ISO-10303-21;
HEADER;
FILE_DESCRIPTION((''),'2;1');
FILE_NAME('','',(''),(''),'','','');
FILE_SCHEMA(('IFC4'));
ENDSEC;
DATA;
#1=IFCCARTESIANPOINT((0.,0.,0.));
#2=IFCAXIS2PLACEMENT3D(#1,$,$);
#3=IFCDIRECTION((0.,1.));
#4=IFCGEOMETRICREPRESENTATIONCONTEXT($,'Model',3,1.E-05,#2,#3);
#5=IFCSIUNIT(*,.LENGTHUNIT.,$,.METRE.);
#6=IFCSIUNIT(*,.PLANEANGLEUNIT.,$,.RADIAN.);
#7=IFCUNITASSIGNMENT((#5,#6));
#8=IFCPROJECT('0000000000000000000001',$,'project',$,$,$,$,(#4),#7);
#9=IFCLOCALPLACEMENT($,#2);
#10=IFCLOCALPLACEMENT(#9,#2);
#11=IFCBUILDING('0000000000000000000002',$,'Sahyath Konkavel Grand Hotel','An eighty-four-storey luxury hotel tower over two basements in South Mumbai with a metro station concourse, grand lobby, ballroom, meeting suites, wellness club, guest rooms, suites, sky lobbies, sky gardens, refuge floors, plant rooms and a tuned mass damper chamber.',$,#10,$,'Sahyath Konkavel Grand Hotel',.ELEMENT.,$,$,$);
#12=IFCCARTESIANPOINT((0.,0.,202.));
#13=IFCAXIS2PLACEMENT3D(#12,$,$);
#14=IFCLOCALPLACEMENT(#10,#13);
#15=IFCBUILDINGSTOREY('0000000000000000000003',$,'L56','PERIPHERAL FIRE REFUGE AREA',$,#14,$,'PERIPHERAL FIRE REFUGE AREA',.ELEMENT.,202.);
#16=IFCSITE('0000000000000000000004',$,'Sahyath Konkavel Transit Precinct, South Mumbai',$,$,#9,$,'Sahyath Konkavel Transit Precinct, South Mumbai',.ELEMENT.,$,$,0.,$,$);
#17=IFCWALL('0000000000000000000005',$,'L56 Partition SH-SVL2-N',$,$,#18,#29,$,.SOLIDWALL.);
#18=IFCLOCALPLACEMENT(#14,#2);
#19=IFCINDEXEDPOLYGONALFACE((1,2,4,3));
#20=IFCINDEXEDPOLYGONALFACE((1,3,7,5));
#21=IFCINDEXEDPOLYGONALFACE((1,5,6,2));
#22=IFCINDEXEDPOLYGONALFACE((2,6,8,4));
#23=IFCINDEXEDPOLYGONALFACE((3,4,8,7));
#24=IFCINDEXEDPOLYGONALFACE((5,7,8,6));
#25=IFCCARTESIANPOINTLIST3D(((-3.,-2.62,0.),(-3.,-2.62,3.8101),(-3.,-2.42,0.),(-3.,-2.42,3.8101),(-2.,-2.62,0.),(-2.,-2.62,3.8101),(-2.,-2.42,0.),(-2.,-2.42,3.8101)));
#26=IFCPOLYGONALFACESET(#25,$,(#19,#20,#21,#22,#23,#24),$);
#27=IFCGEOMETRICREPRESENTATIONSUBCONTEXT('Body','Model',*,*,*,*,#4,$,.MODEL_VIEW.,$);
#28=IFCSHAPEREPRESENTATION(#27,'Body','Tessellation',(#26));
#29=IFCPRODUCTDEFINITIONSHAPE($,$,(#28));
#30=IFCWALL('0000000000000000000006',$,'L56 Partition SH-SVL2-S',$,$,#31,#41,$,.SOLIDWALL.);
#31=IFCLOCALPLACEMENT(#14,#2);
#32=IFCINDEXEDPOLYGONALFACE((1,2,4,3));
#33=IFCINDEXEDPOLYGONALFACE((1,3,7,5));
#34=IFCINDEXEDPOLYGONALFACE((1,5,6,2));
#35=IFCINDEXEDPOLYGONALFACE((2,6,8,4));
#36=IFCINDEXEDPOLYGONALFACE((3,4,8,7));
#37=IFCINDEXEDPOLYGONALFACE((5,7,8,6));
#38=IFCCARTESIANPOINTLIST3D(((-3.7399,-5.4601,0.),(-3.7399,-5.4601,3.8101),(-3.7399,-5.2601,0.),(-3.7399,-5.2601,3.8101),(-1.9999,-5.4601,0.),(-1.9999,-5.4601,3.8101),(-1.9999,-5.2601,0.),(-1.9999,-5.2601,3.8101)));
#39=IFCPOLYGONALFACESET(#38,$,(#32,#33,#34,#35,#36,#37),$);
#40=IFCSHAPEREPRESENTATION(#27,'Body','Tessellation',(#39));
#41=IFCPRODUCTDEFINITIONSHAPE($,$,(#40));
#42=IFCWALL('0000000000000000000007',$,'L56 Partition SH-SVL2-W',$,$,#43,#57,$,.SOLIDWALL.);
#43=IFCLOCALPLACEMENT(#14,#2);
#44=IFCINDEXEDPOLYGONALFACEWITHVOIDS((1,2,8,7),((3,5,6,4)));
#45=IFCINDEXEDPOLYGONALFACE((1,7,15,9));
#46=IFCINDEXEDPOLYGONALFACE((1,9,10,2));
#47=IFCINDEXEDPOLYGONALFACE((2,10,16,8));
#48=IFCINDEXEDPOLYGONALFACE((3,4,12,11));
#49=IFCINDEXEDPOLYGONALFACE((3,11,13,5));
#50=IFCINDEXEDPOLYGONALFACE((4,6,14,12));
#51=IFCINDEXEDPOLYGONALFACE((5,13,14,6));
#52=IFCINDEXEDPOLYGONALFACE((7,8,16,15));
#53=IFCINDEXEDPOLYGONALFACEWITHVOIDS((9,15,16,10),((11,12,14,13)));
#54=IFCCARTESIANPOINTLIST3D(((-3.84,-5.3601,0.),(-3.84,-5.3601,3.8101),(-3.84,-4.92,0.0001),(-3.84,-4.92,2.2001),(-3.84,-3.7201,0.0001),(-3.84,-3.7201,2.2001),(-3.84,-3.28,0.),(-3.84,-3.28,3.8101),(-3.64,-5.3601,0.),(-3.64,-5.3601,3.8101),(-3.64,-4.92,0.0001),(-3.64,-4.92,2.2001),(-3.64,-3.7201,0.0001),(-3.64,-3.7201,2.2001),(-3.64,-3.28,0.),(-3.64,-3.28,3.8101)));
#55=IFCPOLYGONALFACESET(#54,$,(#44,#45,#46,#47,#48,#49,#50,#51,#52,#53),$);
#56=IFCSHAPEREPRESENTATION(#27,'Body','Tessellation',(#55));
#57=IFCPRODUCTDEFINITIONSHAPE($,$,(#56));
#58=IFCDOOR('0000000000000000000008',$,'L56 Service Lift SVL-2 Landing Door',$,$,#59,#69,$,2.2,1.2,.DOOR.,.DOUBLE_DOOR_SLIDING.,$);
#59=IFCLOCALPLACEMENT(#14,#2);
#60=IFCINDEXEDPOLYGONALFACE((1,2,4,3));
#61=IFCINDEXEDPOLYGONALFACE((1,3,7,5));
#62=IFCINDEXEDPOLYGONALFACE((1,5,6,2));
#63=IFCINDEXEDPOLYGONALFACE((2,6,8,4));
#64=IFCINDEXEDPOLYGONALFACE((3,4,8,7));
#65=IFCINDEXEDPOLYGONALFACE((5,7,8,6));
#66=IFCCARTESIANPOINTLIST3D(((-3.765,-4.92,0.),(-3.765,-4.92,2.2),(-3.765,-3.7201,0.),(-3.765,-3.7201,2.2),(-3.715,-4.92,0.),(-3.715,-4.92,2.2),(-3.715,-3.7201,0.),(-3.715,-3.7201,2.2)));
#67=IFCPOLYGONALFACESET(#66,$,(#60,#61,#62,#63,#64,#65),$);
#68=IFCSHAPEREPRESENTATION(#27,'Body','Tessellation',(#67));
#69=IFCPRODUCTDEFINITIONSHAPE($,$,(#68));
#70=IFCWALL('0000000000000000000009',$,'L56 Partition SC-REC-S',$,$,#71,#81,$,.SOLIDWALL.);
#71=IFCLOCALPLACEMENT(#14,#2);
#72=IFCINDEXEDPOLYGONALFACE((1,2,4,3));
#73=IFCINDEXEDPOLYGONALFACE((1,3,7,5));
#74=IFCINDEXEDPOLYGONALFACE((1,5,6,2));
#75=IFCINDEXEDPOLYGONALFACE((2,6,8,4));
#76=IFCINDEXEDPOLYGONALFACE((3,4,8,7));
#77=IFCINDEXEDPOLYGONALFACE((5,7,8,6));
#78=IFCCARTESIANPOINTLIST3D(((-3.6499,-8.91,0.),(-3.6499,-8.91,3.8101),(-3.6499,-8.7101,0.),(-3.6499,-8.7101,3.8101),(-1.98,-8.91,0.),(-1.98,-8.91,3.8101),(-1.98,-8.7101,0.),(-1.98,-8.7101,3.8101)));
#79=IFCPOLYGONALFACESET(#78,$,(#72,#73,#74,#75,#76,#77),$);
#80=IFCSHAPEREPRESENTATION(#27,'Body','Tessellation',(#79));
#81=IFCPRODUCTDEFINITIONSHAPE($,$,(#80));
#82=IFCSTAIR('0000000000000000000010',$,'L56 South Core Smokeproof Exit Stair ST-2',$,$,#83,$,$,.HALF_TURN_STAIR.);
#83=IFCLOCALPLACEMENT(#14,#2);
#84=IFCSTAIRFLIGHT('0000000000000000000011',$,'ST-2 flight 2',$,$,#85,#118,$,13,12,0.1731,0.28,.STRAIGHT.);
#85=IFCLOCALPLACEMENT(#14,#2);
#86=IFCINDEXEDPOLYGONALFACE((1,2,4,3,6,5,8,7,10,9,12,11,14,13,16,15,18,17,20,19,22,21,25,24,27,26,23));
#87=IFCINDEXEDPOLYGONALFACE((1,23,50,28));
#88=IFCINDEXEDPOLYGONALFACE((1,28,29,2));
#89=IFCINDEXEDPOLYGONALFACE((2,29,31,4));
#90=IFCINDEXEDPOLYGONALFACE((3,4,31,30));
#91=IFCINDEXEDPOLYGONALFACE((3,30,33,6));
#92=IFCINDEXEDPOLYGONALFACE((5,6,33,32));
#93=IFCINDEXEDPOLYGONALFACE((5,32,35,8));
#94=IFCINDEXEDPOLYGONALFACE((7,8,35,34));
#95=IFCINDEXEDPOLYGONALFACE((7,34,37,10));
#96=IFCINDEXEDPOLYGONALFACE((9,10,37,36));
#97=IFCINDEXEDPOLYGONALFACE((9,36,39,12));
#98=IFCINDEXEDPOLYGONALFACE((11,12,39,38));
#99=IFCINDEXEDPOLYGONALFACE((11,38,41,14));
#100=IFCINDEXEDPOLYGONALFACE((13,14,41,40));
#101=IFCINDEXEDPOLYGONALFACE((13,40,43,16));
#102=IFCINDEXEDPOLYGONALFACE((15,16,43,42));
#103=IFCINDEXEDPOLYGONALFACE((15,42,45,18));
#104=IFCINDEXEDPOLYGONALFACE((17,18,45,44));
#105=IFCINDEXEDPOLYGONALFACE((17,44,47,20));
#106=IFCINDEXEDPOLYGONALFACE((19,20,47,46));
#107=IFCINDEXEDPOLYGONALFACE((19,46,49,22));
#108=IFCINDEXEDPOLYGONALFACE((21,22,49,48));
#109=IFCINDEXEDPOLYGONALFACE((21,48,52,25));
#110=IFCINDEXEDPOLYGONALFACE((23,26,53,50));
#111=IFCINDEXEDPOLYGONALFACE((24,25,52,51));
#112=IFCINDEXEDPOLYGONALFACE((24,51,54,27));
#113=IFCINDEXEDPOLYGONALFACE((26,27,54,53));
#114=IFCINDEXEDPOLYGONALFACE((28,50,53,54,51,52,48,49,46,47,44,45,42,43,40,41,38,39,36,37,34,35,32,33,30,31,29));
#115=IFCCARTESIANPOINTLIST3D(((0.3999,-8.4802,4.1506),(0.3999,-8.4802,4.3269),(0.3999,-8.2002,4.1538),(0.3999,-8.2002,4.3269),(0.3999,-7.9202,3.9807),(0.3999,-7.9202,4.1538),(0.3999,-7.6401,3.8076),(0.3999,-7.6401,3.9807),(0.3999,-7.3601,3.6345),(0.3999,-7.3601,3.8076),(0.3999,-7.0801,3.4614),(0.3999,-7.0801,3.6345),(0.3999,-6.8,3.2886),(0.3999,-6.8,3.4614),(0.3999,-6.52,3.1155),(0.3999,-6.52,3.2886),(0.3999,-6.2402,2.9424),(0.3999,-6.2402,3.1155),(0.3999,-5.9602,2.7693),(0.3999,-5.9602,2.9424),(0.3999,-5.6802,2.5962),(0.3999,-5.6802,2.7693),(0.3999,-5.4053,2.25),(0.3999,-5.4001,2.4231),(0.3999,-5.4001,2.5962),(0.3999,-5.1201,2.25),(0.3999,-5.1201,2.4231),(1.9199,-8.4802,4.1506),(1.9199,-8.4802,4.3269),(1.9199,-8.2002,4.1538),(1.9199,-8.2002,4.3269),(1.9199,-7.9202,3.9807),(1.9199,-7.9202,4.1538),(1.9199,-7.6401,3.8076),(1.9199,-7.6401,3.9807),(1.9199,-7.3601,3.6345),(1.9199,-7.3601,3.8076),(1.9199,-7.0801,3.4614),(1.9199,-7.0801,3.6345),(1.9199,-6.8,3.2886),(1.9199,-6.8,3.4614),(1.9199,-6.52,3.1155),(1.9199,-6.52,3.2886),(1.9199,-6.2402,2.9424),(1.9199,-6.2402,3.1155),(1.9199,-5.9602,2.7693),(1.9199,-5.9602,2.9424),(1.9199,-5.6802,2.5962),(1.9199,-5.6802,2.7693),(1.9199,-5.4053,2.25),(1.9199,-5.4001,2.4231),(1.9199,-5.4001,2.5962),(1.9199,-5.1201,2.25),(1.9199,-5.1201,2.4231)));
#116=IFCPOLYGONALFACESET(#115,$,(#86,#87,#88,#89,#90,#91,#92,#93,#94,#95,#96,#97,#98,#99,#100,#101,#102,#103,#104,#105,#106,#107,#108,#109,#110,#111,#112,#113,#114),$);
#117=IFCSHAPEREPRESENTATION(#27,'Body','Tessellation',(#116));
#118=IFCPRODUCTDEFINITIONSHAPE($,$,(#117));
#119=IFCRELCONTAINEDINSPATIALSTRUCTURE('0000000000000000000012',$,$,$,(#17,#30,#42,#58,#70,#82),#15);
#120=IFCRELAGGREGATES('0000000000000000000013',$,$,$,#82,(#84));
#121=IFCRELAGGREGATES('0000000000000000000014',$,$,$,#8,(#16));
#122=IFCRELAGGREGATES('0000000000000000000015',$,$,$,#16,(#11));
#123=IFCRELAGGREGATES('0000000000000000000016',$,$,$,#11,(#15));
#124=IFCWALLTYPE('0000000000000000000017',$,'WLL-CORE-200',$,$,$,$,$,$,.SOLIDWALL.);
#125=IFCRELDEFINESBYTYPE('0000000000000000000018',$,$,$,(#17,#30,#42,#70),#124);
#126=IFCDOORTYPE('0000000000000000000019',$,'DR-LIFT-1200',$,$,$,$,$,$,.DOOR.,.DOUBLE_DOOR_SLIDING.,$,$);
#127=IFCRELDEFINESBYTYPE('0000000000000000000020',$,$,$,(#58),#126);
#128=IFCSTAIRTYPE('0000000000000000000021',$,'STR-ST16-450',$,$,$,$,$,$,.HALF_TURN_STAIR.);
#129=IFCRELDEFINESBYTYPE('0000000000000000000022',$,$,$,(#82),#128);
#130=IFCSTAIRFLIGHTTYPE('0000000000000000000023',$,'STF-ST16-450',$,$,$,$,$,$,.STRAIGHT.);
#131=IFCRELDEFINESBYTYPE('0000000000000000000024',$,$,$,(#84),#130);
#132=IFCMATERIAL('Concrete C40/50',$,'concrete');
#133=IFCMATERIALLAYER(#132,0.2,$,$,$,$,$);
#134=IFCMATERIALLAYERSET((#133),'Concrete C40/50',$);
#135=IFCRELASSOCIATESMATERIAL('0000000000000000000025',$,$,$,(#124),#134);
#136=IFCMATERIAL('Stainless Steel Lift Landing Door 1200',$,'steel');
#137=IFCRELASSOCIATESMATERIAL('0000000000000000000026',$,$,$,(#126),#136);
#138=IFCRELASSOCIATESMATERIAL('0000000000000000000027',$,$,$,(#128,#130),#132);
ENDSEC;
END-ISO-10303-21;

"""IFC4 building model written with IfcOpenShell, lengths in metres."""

from ifc_helpers import new_model, si_unit, direction, frame, frame_2d, origin, origin_2d, place, context, subcontext, project, spatial, polyline, rectangle, outline, extrude, source, transform, mapped, material, layer, layer_set, type_object, element, fill, aggregate, save


model = new_model("IFC4")

# Units and contexts
model_context = context("Model", 3, precision=1e-05, world=origin(), true_north=direction((0.0, 1.0)))
body_context = subcontext(model_context, "Body", "Model", "MODEL_VIEW")
ifc_project = project(units=[si_unit("LENGTHUNIT", "METRE"), si_unit("PLANEANGLEUNIT", "RADIAN")], contexts=[model_context])

# Site, building, storey
site_placement = place(None, origin())
site = spatial("IfcSite", under=ifc_project, at=site_placement, Name="Sahyath Konkavel Transit Precinct, South Mumbai", LongName="Sahyath Konkavel Transit Precinct, South Mumbai", CompositionType="ELEMENT", RefElevation=0.0)
building_placement = place(site_placement, origin())
building = spatial("IfcBuilding", under=site, at=building_placement, Name="Sahyath Konkavel Grand Hotel", Description="An eighty-four-storey luxury hotel tower over two basements in South Mumbai with a metro station concourse, grand lobby, ballroom, meeting suites, wellness club, guest rooms, suites, sky lobbies, sky gardens, refuge floors, plant rooms and a tuned mass damper chamber.", LongName="Sahyath Konkavel Grand Hotel", CompositionType="ELEMENT")
storey_placement = place(building_placement, frame((0.0, 0.0, 202.0)))
storey = spatial("IfcBuildingStorey", under=building, at=storey_placement, Name="L56", Description="PERIPHERAL FIRE REFUGE AREA", LongName="PERIPHERAL FIRE REFUGE AREA", CompositionType="ELEMENT", Elevation=202.0)

# Shared definitions
ifc_material_1 = material(Name="Concrete C40/50", Category="concrete")
ifc_layer_1 = layer(ifc_material_1, 0.2)
ifc_layer_set_1 = layer_set([ifc_layer_1], Name="Concrete C40/50")
wall_type_1 = type_object("IfcWallType", Name="WLL-CORE-200", PredefinedType="SOLIDWALL", material=ifc_layer_set_1)

# Walls
wall_1_placement = place(storey_placement, frame((-3.0, -2.52, 0.0), z_axis=(0.0, 0.0, 1.0), x_axis=(1.0, 0.0, 0.0)))
element("IfcWall", 1, at=wall_1_placement, inside=storey, type_object=wall_type_1, Name="L56 Partition SH-SVL2-N", PredefinedType="SOLIDWALL", context=body_context, shape_type="SweptSolid", body=[
    extrude(rectangle(XDim=1.0, YDim=0.2, at=frame_2d((0.5, 0.0))), origin(), (0.0, 0.0, 1.0), 3.8101),
])
wall_2_placement = place(storey_placement, frame((-3.74, -5.3601, 0.0), z_axis=(0.0, 0.0, 1.0), x_axis=(1.0, 0.0, 0.0)))
element("IfcWall", 2, at=wall_2_placement, inside=storey, type_object=wall_type_1, Name="L56 Partition SH-SVL2-S", PredefinedType="SOLIDWALL", context=body_context, shape_type="SweptSolid", body=[
    extrude(rectangle(XDim=1.74, YDim=0.2, at=frame_2d((0.8701, 0.0))), origin(), (0.0, 0.0, 1.0), 3.8101),
])

# Wall, opening, door
wall_3_placement = place(storey_placement, frame((-3.74, -5.3601, 0.0), z_axis=(0.0, 0.0, 1.0), x_axis=(0.0, 1.0, 0.0)))
wall_3 = element("IfcWall", 3, at=wall_3_placement, inside=storey, type_object=wall_type_1, Name="L56 Partition SH-SVL2-W", PredefinedType="SOLIDWALL", context=body_context, shape_type="SweptSolid", body=[
    extrude(rectangle(XDim=2.0801, YDim=0.2, at=frame_2d((1.04, 0.0))), origin(), (0.0, 0.0, 1.0), 3.8101),
])
opening_1_placement = place(wall_3_placement, frame((0.4399, 0.0, 0.0)))
opening_1 = element("IfcOpeningElement", 4, at=opening_1_placement, cuts=wall_3, PredefinedType="OPENING", context=body_context, shape_type="SweptSolid", body=[
    extrude(rectangle(XDim=1.2, YDim=2.2, at=frame_2d((0.6001, 1.1001))), frame((0.0, 0.1099, 0.0), z_axis=(0.0, -1.0, 0.0), x_axis=(1.0, 0.0, 0.0)), (0.0, 0.0, 1.0), 0.22),
])
ifc_material_2 = material(Name="Stainless Steel Lift Landing Door 1200", Category="steel")
door_type_1 = type_object("IfcDoorType", Name="DR-LIFT-1200", OperationType="DOUBLE_DOOR_SLIDING", PredefinedType="DOOR", material=ifc_material_2)
shared_shape_1 = source(origin(), body_context, "Body", "SweptSolid", [
    extrude(rectangle(XDim=1.2, YDim=0.05, at=origin_2d()), origin(), (0.0, 0.0, 1.0), 2.2),
])
door_1_placement = place(opening_1_placement, frame((0.6001, 0.0, 0.0)))
door_1 = element("IfcDoor", 5, at=door_1_placement, inside=storey, type_object=door_type_1, Name="L56 Service Lift SVL-2 Landing Door", OperationType="DOUBLE_DOOR_SLIDING", OverallHeight=2.2, OverallWidth=1.2, PredefinedType="DOOR", context=body_context, shape_type="MappedRepresentation", body=[
    mapped(shared_shape_1, transform((0.0, 0.0, 0.0), scale=1.0)),
])
fill(opening_1, door_1)

# Wall
wall_4_placement = place(storey_placement, frame((-3.6499, -8.8101, 0.0), z_axis=(0.0, 0.0, 1.0), x_axis=(1.0, 0.0, 0.0)))
element("IfcWall", 6, at=wall_4_placement, inside=storey, type_object=wall_type_1, Name="L56 Partition SC-REC-S", PredefinedType="SOLIDWALL", context=body_context, shape_type="SweptSolid", body=[
    extrude(rectangle(XDim=1.6699, YDim=0.2, at=frame_2d((0.835, 0.0))), origin(), (0.0, 0.0, 1.0), 3.8101),
])

# Stair, stair flight
stair_type = type_object("IfcStairType", Name="STR-ST16-450", PredefinedType="HALF_TURN_STAIR", material=ifc_material_1)
stair_placement = place(storey_placement, origin())
stair = element("IfcStair", 7, at=stair_placement, inside=storey, type_object=stair_type, Name="L56 South Core Smokeproof Exit Stair ST-2", PredefinedType="HALF_TURN_STAIR")
stair_flight_type = type_object("IfcStairFlightType", Name="STF-ST16-450", PredefinedType="STRAIGHT", material=ifc_material_1)
stair_flight_placement = place(storey_placement, frame((1.1599, -5.1201, 2.25), z_axis=(0.0, 0.0, 1.0), x_axis=(0.0, -1.0, 0.0)))
stair_flight = element("IfcStairFlight", 8, at=stair_flight_placement, type_object=stair_flight_type, Name="ST-2 flight 2", NumberOfRisers=13, NumberOfTreads=12, PredefinedType="STRAIGHT", RiserHeight=0.1731, TreadLength=0.28, context=body_context, shape_type="SweptSolid", body=[
    extrude(outline(polyline([(0.0, 0.0), (0.0, 0.1731), (0.28, 0.1731), (0.28, 0.3462), (0.5601, 0.3462), (0.5601, 0.5193), (0.8401, 0.5193), (0.8401, 0.6924), (1.1201, 0.6924), (1.1201, 0.8655), (1.3999, 0.8655), (1.3999, 1.0386), (1.6799, 1.0386), (1.6799, 1.2114), (1.96, 1.2114), (1.96, 1.3845), (2.24, 1.3845), (2.24, 1.5576), (2.52, 1.5576), (2.52, 1.7307), (2.8, 1.7307), (2.8, 1.9038), (3.0801, 1.9038), (3.0801, 2.0769), (3.3601, 2.0769), (3.3601, 2.25), (3.3601, 1.9006), (0.2852, 0.0), (0.0, 0.0)])), frame((0.0, 0.76, 0.0), z_axis=(0.0, -1.0, 0.0), x_axis=(1.0, 0.0, 0.0)), (0.0, 0.0, 1.0), 1.52),
])
aggregate(stair, [stair_flight])

save(model, "model.ifc")
